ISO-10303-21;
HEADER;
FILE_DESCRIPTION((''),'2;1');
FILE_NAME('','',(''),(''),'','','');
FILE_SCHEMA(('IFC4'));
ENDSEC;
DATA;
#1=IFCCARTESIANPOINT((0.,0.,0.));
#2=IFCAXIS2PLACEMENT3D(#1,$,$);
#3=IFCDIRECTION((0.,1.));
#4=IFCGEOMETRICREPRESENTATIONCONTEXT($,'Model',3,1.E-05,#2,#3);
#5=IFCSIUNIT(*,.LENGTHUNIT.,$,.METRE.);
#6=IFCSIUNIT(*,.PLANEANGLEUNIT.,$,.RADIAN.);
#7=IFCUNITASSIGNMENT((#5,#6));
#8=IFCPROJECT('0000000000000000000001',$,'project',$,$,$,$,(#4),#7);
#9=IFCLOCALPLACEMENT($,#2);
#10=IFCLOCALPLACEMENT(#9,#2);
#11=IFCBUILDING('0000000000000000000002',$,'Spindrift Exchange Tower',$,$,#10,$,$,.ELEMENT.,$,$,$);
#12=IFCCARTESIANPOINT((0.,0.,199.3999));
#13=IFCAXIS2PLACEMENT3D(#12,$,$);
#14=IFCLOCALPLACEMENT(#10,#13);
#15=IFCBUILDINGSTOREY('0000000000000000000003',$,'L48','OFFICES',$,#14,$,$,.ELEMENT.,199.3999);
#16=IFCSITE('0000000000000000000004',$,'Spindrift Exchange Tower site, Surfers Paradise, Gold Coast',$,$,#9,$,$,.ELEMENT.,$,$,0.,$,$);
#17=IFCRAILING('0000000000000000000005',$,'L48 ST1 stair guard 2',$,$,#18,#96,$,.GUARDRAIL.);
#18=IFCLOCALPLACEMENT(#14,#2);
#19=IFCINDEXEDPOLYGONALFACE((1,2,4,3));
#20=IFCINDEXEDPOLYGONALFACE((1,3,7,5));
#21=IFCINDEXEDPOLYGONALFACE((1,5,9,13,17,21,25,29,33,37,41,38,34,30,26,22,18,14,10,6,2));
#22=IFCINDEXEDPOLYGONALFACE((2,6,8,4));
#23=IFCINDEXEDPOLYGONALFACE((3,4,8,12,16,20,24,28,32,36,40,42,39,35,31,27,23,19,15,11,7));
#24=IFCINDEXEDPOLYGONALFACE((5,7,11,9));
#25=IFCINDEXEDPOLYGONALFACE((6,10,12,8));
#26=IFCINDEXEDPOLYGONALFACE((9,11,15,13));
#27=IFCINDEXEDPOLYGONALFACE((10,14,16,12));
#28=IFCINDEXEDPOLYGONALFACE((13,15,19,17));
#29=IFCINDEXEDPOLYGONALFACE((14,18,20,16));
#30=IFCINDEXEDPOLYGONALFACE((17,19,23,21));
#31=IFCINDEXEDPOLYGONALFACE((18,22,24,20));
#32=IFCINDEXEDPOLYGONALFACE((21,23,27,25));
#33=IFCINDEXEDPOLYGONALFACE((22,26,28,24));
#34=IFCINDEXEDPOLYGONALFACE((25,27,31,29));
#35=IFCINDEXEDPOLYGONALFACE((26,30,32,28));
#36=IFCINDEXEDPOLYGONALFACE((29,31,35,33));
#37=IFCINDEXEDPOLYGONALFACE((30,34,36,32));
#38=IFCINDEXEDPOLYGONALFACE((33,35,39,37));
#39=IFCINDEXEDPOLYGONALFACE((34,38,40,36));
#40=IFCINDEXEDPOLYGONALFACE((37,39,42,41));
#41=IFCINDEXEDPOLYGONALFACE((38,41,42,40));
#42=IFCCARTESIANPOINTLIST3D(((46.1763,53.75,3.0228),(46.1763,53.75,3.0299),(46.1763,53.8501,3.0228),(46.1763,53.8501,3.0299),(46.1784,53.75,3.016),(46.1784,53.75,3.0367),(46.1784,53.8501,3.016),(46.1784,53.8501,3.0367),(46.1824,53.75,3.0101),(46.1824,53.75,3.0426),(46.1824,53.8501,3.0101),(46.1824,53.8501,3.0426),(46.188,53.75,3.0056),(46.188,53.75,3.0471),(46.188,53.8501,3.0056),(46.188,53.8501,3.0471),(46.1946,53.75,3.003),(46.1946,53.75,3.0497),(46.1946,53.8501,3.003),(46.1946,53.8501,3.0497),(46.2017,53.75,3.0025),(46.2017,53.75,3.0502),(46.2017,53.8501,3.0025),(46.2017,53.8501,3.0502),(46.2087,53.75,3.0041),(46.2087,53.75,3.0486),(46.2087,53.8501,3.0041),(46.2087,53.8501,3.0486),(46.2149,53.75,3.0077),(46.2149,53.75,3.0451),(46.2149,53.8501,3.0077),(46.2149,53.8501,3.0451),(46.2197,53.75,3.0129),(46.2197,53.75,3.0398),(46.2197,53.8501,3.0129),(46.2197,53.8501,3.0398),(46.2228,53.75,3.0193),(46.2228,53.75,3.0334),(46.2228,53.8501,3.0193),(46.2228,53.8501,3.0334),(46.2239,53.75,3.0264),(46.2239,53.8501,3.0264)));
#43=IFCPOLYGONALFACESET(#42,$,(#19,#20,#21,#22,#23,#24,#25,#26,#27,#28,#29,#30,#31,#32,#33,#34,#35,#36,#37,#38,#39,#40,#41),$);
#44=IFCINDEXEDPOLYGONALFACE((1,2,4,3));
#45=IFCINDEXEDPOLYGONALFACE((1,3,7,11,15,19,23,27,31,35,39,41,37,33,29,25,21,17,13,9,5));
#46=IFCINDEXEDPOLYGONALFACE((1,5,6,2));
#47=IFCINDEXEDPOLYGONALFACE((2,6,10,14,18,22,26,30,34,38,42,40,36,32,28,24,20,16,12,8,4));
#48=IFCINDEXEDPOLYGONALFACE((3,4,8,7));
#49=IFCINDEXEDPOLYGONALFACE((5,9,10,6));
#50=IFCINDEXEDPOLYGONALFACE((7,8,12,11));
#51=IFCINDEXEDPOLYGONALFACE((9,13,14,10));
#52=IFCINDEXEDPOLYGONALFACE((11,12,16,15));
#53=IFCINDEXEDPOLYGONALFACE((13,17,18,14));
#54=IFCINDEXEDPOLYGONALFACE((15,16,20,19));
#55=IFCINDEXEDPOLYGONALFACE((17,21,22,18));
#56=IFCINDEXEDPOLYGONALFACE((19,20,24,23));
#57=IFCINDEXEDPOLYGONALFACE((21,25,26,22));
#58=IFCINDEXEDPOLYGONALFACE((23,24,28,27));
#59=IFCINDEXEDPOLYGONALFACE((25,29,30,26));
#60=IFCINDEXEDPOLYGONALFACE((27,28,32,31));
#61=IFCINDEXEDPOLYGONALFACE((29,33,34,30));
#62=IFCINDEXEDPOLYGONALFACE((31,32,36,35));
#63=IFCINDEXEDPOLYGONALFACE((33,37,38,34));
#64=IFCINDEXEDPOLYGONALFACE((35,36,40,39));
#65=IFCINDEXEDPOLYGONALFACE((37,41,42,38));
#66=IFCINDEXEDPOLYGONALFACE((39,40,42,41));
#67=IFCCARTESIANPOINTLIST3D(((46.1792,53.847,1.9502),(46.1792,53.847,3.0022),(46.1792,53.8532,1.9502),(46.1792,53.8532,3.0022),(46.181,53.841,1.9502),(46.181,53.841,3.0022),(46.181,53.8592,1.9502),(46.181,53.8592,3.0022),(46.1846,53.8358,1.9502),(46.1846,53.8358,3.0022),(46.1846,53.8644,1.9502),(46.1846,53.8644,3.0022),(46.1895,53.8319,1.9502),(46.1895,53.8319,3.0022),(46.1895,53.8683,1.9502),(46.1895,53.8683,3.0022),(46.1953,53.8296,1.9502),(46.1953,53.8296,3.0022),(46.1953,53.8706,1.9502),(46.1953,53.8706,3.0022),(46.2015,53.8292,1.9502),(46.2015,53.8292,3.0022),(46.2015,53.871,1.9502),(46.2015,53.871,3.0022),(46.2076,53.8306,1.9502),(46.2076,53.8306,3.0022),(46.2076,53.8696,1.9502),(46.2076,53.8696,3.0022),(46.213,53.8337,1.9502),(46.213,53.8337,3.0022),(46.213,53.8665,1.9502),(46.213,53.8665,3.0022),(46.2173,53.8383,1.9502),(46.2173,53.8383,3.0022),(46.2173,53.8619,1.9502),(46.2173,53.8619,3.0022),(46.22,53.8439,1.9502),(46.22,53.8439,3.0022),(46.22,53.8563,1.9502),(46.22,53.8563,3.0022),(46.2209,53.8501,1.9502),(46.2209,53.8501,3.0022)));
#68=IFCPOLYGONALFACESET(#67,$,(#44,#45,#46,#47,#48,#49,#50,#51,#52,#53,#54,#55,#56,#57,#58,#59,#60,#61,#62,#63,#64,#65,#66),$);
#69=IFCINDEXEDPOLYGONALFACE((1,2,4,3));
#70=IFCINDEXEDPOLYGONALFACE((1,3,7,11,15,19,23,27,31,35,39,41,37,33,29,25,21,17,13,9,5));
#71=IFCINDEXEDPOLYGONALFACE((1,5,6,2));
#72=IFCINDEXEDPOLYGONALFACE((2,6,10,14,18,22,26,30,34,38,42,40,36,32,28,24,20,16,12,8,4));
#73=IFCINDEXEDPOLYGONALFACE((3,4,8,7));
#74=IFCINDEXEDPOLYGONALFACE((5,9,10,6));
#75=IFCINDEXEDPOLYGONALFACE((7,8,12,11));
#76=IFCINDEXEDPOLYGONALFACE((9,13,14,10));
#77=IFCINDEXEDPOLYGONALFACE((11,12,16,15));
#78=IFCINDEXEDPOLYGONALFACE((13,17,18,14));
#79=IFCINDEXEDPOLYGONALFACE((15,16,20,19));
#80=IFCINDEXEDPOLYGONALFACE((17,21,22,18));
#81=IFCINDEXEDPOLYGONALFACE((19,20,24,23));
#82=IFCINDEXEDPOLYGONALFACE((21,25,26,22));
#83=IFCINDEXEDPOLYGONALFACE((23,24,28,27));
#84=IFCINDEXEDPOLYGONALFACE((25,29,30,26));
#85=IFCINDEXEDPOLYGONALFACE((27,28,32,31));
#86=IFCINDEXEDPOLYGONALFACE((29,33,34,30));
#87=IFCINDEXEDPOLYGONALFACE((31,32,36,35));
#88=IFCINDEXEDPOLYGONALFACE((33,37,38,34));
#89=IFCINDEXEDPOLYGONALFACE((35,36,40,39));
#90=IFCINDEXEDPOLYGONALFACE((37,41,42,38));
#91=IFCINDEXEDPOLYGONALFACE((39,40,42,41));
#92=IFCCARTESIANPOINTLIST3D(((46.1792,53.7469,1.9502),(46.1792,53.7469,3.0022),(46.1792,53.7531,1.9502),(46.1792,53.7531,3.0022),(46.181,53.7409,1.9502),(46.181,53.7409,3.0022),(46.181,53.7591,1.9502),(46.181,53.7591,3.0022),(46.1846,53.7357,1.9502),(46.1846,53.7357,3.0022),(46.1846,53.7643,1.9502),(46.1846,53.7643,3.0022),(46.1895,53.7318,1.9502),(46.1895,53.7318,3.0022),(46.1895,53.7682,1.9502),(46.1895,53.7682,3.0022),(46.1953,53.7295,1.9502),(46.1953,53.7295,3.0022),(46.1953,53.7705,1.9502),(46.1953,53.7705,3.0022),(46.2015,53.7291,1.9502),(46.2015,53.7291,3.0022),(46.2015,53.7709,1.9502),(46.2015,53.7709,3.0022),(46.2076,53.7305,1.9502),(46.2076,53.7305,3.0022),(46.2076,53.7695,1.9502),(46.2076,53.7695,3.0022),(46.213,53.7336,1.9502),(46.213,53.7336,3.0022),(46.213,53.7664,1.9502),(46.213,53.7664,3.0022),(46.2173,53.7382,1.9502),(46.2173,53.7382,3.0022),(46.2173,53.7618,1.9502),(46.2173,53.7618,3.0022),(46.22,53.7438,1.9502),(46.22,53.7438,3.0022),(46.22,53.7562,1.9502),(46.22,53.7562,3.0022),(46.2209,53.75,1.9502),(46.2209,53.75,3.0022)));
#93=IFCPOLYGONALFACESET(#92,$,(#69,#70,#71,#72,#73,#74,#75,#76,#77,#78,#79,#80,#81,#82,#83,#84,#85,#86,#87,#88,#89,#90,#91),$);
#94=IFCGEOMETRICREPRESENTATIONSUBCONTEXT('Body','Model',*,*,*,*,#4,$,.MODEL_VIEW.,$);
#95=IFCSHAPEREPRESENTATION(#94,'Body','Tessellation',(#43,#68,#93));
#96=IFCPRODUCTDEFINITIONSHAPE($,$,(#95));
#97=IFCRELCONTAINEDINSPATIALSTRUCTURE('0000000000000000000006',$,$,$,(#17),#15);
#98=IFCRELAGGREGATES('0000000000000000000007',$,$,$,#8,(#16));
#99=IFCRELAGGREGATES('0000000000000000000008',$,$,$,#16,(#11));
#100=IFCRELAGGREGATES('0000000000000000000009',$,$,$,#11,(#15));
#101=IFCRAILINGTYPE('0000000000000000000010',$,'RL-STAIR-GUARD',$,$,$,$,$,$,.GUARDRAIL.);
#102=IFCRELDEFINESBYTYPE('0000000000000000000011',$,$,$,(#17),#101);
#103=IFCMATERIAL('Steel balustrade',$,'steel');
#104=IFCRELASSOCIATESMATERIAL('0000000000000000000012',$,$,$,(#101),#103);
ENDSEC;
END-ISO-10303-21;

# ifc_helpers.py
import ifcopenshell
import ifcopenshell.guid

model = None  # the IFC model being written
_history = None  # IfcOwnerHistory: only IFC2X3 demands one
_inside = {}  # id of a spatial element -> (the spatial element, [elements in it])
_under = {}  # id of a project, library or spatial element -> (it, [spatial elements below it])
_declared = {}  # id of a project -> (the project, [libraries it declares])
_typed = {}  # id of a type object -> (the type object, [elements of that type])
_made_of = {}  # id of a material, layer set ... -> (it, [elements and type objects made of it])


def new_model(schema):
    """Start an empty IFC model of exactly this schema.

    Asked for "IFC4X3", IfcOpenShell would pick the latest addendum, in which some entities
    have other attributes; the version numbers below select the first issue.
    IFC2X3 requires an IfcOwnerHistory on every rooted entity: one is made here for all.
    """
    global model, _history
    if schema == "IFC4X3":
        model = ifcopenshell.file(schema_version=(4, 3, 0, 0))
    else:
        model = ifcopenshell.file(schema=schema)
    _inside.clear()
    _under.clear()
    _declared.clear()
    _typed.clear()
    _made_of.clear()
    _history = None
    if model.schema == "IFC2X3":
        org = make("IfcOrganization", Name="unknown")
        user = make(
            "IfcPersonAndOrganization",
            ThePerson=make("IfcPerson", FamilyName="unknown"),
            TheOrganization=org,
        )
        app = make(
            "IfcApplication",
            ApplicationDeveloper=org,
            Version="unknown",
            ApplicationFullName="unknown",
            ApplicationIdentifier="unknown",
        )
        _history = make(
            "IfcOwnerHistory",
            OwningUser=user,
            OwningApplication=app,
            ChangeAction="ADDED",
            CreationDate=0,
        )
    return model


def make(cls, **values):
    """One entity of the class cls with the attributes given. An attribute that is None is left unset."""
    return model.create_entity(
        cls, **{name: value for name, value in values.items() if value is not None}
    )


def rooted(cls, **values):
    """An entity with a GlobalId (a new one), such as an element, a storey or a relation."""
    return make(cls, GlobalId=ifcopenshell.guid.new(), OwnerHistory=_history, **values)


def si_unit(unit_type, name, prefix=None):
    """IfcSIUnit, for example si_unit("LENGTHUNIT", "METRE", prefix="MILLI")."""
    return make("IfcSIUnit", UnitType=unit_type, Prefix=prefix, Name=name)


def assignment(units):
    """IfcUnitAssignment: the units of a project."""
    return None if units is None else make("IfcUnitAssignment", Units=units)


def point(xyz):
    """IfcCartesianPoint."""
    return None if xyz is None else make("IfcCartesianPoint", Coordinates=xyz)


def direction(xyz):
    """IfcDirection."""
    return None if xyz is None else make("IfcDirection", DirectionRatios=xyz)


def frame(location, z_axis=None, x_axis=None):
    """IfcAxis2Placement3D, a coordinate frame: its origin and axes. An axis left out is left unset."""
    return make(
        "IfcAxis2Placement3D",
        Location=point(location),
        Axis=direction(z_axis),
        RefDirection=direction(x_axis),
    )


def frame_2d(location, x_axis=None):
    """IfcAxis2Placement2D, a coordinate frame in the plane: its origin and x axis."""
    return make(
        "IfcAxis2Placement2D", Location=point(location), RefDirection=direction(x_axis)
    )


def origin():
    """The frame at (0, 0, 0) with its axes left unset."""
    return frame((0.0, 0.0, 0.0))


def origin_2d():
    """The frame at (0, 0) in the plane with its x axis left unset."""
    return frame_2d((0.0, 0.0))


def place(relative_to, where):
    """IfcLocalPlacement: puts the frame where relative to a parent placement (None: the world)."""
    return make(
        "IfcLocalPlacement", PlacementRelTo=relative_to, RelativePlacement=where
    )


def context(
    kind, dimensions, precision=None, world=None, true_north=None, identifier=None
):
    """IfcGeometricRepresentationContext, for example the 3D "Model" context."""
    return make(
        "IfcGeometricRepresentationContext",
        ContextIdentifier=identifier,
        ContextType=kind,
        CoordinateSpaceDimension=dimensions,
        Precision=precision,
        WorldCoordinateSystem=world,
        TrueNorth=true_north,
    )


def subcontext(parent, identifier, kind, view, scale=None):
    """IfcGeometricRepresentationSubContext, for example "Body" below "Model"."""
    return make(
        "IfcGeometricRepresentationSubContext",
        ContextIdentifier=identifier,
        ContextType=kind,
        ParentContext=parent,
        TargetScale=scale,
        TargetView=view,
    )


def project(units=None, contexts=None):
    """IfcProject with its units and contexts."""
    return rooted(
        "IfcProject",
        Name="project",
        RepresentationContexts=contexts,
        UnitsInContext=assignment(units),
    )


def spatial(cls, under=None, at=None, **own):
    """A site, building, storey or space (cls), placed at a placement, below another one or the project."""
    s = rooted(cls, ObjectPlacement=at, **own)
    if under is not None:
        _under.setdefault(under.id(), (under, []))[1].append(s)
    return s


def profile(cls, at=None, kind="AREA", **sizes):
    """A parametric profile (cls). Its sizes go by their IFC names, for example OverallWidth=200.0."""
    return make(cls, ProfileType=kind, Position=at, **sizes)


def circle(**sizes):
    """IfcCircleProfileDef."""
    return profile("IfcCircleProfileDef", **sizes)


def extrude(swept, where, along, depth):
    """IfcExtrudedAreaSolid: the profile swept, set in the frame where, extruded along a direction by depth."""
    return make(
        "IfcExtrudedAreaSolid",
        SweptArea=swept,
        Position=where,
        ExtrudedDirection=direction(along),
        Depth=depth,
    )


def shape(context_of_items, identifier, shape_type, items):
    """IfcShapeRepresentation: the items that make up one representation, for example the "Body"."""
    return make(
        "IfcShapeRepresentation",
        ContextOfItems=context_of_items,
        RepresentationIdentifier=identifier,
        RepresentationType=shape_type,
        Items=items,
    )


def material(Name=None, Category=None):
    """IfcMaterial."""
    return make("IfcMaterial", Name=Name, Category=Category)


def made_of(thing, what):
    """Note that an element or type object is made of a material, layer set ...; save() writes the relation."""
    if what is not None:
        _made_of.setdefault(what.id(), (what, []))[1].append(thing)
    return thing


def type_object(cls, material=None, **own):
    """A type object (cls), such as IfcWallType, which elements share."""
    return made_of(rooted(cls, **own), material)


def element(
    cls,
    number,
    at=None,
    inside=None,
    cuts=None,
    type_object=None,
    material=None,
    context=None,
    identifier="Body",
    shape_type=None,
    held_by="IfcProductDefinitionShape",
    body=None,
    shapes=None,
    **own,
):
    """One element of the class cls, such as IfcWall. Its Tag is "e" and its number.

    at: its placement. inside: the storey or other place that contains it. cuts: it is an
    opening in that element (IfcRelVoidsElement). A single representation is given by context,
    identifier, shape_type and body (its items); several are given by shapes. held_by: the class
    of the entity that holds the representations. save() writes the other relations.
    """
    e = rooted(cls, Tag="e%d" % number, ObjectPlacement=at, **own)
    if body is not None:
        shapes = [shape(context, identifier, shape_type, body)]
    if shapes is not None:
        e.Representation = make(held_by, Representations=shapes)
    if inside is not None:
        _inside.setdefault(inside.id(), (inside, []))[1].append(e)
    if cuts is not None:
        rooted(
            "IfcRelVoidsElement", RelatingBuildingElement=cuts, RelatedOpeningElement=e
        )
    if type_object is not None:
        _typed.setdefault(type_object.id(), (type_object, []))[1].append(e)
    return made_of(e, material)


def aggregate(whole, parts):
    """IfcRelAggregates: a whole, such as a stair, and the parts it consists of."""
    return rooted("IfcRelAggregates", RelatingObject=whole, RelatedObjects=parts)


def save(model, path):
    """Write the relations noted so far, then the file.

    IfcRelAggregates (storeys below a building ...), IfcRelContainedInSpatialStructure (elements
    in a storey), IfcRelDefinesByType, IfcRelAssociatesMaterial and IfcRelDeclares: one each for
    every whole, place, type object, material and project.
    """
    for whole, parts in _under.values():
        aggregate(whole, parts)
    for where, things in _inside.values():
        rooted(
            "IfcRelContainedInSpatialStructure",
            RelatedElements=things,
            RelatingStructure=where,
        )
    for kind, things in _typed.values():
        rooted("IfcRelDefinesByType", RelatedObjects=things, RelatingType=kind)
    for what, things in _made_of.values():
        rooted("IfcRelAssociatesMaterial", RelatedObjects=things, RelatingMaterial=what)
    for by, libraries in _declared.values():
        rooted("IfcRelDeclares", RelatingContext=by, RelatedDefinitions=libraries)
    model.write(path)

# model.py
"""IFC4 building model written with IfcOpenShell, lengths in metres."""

from ifc_helpers import new_model, si_unit, direction, frame, origin, origin_2d, place, context, subcontext, project, spatial, circle, extrude, material, type_object, element, save


model = new_model("IFC4")

# Units and contexts
model_context = context("Model", 3, precision=1e-05, world=origin(), true_north=direction((0.0, 1.0)))
body_context = subcontext(model_context, "Body", "Model", "MODEL_VIEW")
ifc_project = project(units=[si_unit("LENGTHUNIT", "METRE"), si_unit("PLANEANGLEUNIT", "RADIAN")], contexts=[model_context])

# Site, building, storey
site_placement = place(None, origin())
site = spatial("IfcSite", under=ifc_project, at=site_placement, Name="Spindrift Exchange Tower site, Surfers Paradise, Gold Coast", CompositionType="ELEMENT", RefElevation=0.0)
building_placement = place(site_placement, origin())
building = spatial("IfcBuilding", under=site, at=building_placement, Name="Spindrift Exchange Tower", CompositionType="ELEMENT")
storey_placement = place(building_placement, frame((0.0, 0.0, 199.3999)))
storey = spatial("IfcBuildingStorey", under=building, at=storey_placement, Name="L48", Description="OFFICES", CompositionType="ELEMENT", Elevation=199.3999)

# Railing
ifc_material_1 = material(Name="Steel balustrade", Category="steel")
railing_type_1 = type_object("IfcRailingType", Name="RL-STAIR-GUARD", PredefinedType="GUARDRAIL", material=ifc_material_1)
railing_1_placement = place(storey_placement, frame((46.2, 53.8501, 1.9502)))
element("IfcRailing", 1, at=railing_1_placement, inside=storey, type_object=railing_type_1, Name="L48 ST1 stair guard 2", PredefinedType="GUARDRAIL", context=body_context, shape_type="SweptSolid", body=[
    extrude(circle(Radius=0.0239, at=origin_2d()), frame((0.0, 0.0, 1.0762), z_axis=(0.0, -1.0, 0.0), x_axis=(1.0, 0.0, 0.0)), (0.0, 0.0, 1.0), 0.1001),
    extrude(circle(Radius=0.021, at=origin_2d()), origin(), (0.0, 0.0, 1.0), 1.052),
    extrude(circle(Radius=0.021, at=origin_2d()), frame((0.0, -0.1001, 0.0)), (0.0, 0.0, 1.0), 1.052),
])

save(model, "model.ifc")
